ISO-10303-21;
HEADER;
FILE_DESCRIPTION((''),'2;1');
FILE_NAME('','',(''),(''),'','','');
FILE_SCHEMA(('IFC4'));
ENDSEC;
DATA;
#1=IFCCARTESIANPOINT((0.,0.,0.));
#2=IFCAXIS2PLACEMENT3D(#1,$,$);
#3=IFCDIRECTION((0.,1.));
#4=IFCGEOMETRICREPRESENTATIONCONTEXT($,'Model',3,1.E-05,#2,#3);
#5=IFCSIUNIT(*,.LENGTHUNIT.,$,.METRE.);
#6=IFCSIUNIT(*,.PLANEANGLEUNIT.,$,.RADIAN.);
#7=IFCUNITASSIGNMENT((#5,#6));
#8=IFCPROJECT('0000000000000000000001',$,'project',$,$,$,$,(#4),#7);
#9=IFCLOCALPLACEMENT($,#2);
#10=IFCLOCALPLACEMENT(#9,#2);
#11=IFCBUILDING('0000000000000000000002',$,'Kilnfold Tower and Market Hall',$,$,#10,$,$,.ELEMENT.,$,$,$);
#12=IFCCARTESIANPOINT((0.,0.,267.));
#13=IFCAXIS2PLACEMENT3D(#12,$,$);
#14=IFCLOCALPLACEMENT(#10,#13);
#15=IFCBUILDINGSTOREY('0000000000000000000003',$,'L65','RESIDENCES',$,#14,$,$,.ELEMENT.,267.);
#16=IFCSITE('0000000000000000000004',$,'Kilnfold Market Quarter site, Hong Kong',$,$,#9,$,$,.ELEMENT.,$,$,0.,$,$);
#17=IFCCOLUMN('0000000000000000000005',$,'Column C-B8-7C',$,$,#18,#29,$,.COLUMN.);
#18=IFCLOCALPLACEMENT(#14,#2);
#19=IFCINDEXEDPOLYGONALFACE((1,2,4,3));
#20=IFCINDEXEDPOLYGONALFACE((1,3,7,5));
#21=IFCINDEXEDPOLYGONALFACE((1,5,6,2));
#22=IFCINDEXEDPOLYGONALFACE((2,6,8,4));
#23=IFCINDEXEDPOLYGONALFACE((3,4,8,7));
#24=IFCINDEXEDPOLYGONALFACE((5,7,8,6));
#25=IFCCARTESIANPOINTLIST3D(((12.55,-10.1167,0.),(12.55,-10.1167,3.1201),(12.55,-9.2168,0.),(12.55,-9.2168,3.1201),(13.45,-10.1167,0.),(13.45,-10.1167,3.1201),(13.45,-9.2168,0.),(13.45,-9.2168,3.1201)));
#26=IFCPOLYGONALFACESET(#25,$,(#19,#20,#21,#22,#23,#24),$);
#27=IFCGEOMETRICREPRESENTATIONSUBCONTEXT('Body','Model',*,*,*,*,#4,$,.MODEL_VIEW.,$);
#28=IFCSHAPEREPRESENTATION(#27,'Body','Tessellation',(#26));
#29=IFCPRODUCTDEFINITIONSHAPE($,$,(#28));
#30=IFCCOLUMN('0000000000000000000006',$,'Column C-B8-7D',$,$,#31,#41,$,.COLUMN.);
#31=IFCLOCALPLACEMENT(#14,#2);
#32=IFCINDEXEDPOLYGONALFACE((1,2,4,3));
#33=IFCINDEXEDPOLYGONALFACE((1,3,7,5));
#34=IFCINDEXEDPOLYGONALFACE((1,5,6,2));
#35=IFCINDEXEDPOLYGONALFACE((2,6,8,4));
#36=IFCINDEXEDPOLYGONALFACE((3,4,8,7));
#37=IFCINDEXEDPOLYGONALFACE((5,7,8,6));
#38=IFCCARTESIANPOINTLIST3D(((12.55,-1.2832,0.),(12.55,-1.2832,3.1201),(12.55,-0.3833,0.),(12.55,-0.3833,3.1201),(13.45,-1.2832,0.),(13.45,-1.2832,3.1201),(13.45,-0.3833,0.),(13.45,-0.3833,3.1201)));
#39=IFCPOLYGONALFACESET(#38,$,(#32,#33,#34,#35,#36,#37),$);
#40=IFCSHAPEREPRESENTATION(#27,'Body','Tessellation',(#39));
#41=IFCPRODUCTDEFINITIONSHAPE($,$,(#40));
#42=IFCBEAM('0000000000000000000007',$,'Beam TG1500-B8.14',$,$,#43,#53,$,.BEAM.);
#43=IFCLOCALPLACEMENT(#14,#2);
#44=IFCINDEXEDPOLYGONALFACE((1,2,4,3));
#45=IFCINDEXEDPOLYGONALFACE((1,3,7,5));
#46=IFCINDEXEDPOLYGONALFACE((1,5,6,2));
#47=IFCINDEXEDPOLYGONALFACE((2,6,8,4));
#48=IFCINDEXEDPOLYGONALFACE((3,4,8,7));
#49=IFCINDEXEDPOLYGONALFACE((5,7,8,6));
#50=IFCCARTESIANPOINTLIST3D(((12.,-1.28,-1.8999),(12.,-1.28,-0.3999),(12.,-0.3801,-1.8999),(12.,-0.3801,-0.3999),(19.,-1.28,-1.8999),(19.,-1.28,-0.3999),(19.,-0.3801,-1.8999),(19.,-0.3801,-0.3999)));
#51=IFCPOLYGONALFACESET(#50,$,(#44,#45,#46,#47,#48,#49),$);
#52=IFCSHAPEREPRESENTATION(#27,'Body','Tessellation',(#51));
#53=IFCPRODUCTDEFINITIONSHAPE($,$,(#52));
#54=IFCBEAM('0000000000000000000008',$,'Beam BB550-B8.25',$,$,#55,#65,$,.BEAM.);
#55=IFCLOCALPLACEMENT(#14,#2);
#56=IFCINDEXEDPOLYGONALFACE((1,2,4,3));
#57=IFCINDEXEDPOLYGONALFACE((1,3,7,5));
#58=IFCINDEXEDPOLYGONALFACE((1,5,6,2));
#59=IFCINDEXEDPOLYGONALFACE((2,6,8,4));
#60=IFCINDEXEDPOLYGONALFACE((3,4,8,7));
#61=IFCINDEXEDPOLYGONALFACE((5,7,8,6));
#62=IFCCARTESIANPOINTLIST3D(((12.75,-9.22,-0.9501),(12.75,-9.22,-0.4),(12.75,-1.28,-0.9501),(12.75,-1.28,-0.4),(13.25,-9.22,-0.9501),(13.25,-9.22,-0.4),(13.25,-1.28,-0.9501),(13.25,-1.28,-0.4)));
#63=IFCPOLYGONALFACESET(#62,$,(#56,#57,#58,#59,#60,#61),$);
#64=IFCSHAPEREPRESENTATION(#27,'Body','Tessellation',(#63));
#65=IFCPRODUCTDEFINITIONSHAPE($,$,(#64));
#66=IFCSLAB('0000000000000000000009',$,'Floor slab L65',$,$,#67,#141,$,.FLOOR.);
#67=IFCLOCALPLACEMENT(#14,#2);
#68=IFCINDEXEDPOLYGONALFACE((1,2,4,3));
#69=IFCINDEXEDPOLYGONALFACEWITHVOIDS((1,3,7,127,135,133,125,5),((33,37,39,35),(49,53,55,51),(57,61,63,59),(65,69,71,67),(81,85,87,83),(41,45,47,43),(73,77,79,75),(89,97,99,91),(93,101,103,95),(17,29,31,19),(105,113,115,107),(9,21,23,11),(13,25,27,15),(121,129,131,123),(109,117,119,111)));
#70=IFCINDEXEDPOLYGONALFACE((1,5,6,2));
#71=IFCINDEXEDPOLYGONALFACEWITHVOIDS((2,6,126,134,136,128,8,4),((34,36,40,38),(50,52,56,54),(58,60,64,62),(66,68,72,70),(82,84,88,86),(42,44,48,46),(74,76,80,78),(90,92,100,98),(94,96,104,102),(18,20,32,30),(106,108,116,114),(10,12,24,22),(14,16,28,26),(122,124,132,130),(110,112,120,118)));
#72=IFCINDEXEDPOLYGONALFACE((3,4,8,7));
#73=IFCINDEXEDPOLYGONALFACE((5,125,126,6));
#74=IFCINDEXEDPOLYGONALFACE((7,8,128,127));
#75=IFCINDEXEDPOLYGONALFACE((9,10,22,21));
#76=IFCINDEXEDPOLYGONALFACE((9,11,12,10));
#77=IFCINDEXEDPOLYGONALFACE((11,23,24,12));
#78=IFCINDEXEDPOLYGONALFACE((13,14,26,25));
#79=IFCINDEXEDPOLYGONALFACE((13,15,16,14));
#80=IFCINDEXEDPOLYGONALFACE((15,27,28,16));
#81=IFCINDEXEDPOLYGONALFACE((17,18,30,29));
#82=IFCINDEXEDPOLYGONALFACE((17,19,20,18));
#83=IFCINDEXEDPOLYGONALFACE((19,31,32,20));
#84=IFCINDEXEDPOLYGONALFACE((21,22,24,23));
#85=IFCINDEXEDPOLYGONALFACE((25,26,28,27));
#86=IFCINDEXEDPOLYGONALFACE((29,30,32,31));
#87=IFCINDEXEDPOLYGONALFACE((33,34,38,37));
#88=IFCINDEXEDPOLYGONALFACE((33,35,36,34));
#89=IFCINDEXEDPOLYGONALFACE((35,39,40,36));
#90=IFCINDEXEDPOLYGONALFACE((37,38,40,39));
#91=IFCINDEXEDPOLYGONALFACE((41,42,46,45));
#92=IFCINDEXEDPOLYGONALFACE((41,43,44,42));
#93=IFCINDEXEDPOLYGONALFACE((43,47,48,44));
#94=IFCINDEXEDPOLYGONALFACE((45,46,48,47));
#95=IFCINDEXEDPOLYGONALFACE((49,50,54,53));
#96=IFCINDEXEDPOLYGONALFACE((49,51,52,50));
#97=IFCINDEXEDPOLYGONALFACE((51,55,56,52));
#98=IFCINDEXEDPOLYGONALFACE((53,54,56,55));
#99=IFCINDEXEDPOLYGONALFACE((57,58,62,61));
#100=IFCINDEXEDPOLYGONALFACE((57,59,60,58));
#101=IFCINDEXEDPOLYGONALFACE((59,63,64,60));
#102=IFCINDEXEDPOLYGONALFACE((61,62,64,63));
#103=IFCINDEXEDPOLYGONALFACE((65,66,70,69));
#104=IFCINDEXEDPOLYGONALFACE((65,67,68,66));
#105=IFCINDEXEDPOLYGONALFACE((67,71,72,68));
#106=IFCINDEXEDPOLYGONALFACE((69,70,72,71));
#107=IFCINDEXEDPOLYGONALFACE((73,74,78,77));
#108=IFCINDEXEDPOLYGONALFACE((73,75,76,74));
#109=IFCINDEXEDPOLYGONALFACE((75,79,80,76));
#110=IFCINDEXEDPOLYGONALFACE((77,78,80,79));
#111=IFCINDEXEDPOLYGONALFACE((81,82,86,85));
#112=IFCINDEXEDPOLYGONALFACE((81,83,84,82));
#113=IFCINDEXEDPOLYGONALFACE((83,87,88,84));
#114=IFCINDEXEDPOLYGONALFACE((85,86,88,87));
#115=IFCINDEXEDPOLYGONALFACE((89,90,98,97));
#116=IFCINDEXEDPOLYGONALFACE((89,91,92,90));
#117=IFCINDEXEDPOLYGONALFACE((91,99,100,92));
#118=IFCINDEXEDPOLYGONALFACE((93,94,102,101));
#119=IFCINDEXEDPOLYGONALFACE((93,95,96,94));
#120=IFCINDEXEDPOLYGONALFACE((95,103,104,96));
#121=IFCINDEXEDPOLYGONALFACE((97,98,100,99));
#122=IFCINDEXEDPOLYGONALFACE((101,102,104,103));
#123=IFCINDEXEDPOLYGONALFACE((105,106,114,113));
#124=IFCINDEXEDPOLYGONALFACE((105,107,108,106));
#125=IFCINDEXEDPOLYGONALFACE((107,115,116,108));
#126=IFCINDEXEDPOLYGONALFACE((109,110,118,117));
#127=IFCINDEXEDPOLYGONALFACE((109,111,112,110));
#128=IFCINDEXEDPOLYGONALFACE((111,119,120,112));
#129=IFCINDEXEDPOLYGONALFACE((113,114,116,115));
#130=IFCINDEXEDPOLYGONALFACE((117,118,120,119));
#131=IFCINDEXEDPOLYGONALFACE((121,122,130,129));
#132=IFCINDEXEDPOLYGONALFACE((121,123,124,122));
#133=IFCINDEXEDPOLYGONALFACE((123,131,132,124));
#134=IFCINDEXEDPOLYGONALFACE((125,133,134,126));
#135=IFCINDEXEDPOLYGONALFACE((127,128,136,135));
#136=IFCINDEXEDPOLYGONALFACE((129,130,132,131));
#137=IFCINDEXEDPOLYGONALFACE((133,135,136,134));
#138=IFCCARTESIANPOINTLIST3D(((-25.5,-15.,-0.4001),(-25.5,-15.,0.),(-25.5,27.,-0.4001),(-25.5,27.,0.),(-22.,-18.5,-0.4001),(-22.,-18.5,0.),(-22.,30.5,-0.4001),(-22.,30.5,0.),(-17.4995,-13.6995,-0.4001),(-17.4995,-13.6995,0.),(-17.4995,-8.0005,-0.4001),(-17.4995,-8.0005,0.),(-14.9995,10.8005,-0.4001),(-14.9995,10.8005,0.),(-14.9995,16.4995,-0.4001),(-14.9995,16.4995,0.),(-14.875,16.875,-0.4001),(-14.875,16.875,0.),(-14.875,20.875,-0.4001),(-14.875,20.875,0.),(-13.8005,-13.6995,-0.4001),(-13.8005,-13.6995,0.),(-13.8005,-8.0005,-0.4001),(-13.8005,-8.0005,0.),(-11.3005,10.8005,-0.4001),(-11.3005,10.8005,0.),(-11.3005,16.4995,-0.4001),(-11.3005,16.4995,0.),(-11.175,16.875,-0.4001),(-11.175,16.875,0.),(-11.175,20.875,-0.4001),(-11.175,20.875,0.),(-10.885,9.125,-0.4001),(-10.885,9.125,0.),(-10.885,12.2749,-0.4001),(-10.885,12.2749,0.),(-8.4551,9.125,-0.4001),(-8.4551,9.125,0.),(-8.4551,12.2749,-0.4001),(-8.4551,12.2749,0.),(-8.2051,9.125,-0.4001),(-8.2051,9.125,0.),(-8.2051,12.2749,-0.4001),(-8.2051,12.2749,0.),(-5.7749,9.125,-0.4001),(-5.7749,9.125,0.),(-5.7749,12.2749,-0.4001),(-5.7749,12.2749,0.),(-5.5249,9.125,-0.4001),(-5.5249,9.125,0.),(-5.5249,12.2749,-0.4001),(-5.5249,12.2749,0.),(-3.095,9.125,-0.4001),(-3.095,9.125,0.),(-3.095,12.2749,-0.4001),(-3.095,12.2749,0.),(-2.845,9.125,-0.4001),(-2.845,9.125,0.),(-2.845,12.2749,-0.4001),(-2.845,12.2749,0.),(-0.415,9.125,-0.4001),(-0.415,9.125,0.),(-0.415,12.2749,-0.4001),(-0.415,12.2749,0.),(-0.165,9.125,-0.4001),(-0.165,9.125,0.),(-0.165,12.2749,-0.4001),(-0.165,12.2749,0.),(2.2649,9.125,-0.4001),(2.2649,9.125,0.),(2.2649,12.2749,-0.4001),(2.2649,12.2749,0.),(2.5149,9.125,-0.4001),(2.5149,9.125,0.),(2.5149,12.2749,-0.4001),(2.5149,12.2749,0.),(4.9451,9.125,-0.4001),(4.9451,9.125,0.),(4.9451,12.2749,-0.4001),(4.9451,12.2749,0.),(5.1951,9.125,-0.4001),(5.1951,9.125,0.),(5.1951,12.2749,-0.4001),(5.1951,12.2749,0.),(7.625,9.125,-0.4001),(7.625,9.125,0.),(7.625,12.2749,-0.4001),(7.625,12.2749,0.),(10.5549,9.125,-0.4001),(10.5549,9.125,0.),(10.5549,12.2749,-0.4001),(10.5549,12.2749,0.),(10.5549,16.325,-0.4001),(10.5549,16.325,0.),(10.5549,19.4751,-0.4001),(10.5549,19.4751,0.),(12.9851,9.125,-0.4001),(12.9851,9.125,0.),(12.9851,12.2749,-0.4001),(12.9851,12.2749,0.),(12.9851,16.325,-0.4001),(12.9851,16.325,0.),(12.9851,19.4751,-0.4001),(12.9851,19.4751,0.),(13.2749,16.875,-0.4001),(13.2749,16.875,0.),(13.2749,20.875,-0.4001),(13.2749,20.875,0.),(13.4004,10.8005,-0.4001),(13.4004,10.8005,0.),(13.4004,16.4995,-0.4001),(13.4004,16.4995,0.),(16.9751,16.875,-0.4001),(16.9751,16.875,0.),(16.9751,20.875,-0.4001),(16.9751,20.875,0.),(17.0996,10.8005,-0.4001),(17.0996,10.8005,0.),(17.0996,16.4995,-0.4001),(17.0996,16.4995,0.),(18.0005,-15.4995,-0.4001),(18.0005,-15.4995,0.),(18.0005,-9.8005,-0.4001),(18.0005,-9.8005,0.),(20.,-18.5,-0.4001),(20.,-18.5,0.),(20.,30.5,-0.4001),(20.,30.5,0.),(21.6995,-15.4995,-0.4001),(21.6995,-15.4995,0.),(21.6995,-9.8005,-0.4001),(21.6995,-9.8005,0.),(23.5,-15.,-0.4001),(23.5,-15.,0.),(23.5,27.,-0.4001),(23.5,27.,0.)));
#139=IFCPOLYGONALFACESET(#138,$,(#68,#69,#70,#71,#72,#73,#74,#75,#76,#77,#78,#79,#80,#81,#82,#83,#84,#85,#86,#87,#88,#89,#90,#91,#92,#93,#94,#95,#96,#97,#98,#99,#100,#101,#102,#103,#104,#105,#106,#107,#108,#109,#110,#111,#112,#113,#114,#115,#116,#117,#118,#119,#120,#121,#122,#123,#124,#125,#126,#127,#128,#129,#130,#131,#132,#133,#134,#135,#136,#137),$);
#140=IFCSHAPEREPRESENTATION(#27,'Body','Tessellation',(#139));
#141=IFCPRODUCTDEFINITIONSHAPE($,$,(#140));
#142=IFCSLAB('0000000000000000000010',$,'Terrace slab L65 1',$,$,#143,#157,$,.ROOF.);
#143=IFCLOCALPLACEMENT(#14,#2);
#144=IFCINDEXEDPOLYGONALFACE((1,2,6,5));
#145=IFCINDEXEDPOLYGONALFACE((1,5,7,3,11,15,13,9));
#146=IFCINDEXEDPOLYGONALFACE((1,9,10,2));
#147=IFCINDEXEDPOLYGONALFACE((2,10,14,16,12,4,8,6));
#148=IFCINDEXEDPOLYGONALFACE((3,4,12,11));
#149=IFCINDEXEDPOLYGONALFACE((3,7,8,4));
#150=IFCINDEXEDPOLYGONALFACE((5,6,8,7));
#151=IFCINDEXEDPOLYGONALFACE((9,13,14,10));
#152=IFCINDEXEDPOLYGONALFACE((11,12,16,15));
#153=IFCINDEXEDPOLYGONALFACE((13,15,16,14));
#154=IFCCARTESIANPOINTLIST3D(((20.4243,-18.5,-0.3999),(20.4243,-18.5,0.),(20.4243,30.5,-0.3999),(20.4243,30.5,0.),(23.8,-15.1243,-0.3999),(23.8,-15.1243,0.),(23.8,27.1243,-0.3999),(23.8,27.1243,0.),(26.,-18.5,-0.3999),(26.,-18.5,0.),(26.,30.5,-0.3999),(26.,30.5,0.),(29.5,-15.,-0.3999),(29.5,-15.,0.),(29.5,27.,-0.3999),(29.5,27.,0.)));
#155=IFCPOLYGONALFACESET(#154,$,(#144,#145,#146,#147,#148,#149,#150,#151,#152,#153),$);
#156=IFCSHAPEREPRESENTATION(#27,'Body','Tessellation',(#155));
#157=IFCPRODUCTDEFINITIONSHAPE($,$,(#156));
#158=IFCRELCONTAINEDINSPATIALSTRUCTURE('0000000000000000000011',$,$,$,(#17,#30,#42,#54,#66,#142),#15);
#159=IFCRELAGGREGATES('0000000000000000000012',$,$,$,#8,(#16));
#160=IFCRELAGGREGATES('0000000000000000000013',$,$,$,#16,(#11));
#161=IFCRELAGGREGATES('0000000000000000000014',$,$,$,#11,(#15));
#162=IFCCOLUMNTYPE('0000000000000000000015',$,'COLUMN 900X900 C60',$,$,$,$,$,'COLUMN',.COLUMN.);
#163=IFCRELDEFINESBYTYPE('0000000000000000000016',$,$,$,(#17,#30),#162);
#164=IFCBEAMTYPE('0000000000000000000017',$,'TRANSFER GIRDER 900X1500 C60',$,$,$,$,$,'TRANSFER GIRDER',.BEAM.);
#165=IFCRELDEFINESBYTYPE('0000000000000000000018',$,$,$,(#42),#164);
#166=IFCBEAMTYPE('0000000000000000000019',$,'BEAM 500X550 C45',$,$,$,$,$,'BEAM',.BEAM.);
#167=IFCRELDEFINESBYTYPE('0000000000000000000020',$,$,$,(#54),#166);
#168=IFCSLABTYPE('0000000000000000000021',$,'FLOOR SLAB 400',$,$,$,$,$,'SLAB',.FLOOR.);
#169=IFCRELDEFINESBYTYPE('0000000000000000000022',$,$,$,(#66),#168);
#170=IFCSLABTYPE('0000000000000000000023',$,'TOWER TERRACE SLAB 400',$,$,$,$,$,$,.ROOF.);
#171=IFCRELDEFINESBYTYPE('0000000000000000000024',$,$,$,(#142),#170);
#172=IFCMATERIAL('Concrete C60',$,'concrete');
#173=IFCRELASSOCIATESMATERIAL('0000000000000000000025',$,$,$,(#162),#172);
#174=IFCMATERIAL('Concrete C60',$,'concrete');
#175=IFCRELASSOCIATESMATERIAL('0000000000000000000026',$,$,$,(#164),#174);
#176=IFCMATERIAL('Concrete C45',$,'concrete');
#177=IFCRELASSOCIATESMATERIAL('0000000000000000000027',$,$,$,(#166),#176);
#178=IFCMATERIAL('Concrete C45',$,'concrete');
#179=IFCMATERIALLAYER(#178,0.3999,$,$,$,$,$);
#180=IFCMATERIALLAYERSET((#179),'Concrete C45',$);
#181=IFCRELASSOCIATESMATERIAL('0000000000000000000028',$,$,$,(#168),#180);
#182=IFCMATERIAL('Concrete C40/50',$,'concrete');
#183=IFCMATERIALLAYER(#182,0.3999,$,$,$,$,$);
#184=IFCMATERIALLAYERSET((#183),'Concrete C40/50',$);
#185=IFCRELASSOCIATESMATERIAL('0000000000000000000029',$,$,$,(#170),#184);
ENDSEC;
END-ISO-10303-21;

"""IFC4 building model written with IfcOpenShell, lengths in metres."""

from ifc_helpers import new_model, si_unit, direction, frame, origin, origin_2d, place, context, subcontext, project, spatial, polyline, rectangle, outline, extrude, source, transform, mapped, material, layer, layer_set, material_profile, profile_set, type_object, element, save


model = new_model("IFC4")

# Units and contexts
model_context = context("Model", 3, precision=1e-05, world=origin(), true_north=direction((0.0, 1.0)))
body_context = subcontext(model_context, "Body", "Model", "MODEL_VIEW")
ifc_project = project(units=[si_unit("LENGTHUNIT", "METRE"), si_unit("PLANEANGLEUNIT", "RADIAN")], contexts=[model_context])

# Site, building, storey
site_placement = place(None, origin())
site = spatial("IfcSite", under=ifc_project, at=site_placement, Name="Kilnfold Market Quarter site, Hong Kong", CompositionType="ELEMENT", RefElevation=0.0)
building_placement = place(site_placement, origin())
building = spatial("IfcBuilding", under=site, at=building_placement, Name="Kilnfold Tower and Market Hall", CompositionType="ELEMENT")
storey_placement = place(building_placement, frame((0.0, 0.0, 267.0)))
storey = spatial("IfcBuildingStorey", under=building, at=storey_placement, Name="L65", Description="RESIDENCES", CompositionType="ELEMENT", Elevation=267.0)

# Columns
ifc_material_1 = material(Name="Concrete C60", Category="concrete")
ifc_material_profile_1 = material_profile(ifc_material_1, rectangle(XDim=0.8999, YDim=0.8999, at=origin_2d()), Name="RC 900x900")
ifc_profile_set_1 = profile_set([ifc_material_profile_1], Name="Concrete C60")
column_type = type_object("IfcColumnType", Name="COLUMN 900X900 C60", ElementType="COLUMN", PredefinedType="COLUMN", material=ifc_profile_set_1)
shared_shape_1 = source(origin(), body_context, "Body", "SweptSolid", [
    extrude(rectangle(XDim=0.8999, YDim=0.8999, at=origin_2d()), origin(), (0.0, 0.0, 1.0), 3.1201),
])
for number, where, z_axis, x_axis, name in (
    (1, (13.0, -9.6667, 0.0), (0.0, 0.0, 1.0), (1.0, 0.0, 0.0), "Column C-B8-7C"),
    (2, (13.0, -0.8333, 0.0), (0.0, 0.0, 1.0), (1.0, 0.0, 0.0), "Column C-B8-7D"),
):
    element("IfcColumn", number, at=place(storey_placement, frame(where, z_axis=z_axis, x_axis=x_axis)), inside=storey, type_object=column_type, Name=name, PredefinedType="COLUMN", context=body_context, shape_type="MappedRepresentation", body=[
        mapped(shared_shape_1, transform((0.0, 0.0, 0.0))),
    ])

# Beams
ifc_material_2 = material(Name="Concrete C60", Category="concrete")
ifc_material_profile_2 = material_profile(ifc_material_2, rectangle(XDim=0.8999, YDim=1.5, at=origin_2d()), Name="RC 900x1500")
ifc_profile_set_2 = profile_set([ifc_material_profile_2], Name="Concrete C60")
beam_type_1 = type_object("IfcBeamType", Name="TRANSFER GIRDER 900X1500 C60", ElementType="TRANSFER GIRDER", PredefinedType="BEAM", material=ifc_profile_set_2)
shared_shape_2 = source(origin(), body_context, "Body", "SweptSolid", [
    extrude(rectangle(XDim=0.8999, YDim=1.5, at=origin_2d()), origin(), (0.0, 0.0, 1.0), 7.0),
])
beam_1_placement = place(storey_placement, frame((12.0, -0.8301, -1.1499), z_axis=(1.0, 0.0, 0.0), x_axis=(0.0, 1.0, 0.0)))
element("IfcBeam", 3, at=beam_1_placement, inside=storey, type_object=beam_type_1, Name="Beam TG1500-B8.14", PredefinedType="BEAM", context=body_context, shape_type="MappedRepresentation", body=[
    mapped(shared_shape_2, transform((0.0, 0.0, 0.0))),
])
ifc_material_3 = material(Name="Concrete C45", Category="concrete")
ifc_material_profile_3 = material_profile(ifc_material_3, rectangle(XDim=0.5, YDim=0.55, at=origin_2d()), Name="RC 500x550")
ifc_profile_set_3 = profile_set([ifc_material_profile_3], Name="Concrete C45")
beam_type_2 = type_object("IfcBeamType", Name="BEAM 500X550 C45", ElementType="BEAM", PredefinedType="BEAM", material=ifc_profile_set_3)
shared_shape_3 = source(origin(), body_context, "Body", "SweptSolid", [
    extrude(rectangle(XDim=0.5, YDim=0.55, at=origin_2d()), origin(), (0.0, 0.0, 1.0), 7.9399),
])
beam_2_placement = place(storey_placement, frame((13.0, -9.22, -0.675), z_axis=(0.0, 1.0, 0.0), x_axis=(-1.0, 0.0, 0.0)))
element("IfcBeam", 4, at=beam_2_placement, inside=storey, type_object=beam_type_2, Name="Beam BB550-B8.25", PredefinedType="BEAM", context=body_context, shape_type="MappedRepresentation", body=[
    mapped(shared_shape_3, transform((0.0, 0.0, 0.0))),
])

# Slabs
ifc_material_4 = material(Name="Concrete C45", Category="concrete")
ifc_layer_1 = layer(ifc_material_4, 0.3999)
ifc_layer_set_1 = layer_set([ifc_layer_1], Name="Concrete C45")
slab_type_1 = type_object("IfcSlabType", Name="FLOOR SLAB 400", ElementType="SLAB", PredefinedType="FLOOR", material=ifc_layer_set_1)
shared_shape_4 = source(origin(), body_context, "Body", "SweptSolid", [
    extrude(outline(polyline([(-22.0, -18.5), (20.0, -18.5), (23.5, -15.0), (23.5, 27.0), (20.0, 30.5), (-22.0, 30.5), (-25.5, 27.0), (-25.5, -15.0), (-22.0, -18.5)]), holes=[polyline([(-13.8005, -8.0005), (-13.8005, -13.6995), (-17.4995, -13.6995), (-17.4995, -8.0005), (-13.8005, -8.0005)]), polyline([(-11.3005, 10.8005), (-14.9995, 10.8005), (-14.9995, 16.4995), (-11.3005, 16.4995), (-11.3005, 10.8005)]), polyline([(-11.175, 16.875), (-14.875, 16.875), (-14.875, 20.875), (-11.175, 20.875), (-11.175, 16.875)]), polyline([(-8.4551, 9.125), (-10.885, 9.125), (-10.885, 12.2749), (-8.4551, 12.2749), (-8.4551, 9.125)]), polyline([(-5.7749, 9.125), (-8.2051, 9.125), (-8.2051, 12.2749), (-5.7749, 12.2749), (-5.7749, 9.125)]), polyline([(-3.095, 9.125), (-5.5249, 9.125), (-5.5249, 12.2749), (-3.095, 12.2749), (-3.095, 9.125)]), polyline([(-0.415, 9.125), (-2.845, 9.125), (-2.845, 12.2749), (-0.415, 12.2749), (-0.415, 9.125)]), polyline([(2.2649, 9.125), (-0.165, 9.125), (-0.165, 12.2749), (2.2649, 12.2749), (2.2649, 9.125)]), polyline([(4.9451, 9.125), (2.5149, 9.125), (2.5149, 12.2749), (4.9451, 12.2749), (4.9451, 9.125)]), polyline([(7.625, 9.125), (5.1951, 9.125), (5.1951, 12.2749), (7.625, 12.2749), (7.625, 9.125)]), polyline([(12.9851, 9.125), (10.5549, 9.125), (10.5549, 12.2749), (12.9851, 12.2749), (12.9851, 9.125)]), polyline([(12.9851, 16.325), (10.5549, 16.325), (10.5549, 19.4751), (12.9851, 19.4751), (12.9851, 16.325)]), polyline([(16.9751, 16.875), (13.2749, 16.875), (13.2749, 20.875), (16.9751, 20.875), (16.9751, 16.875)]), polyline([(17.0996, 10.8005), (13.4004, 10.8005), (13.4004, 16.4995), (17.0996, 16.4995), (17.0996, 10.8005)]), polyline([(18.0005, -9.8005), (21.6995, -9.8005), (21.6995, -15.4995), (18.0005, -15.4995), (18.0005, -9.8005)])]), origin(), (0.0, 0.0, 1.0), 0.4001),
])
slab_1_placement = place(storey_placement, frame((0.0, 0.0, -0.4001)))
element("IfcSlab", 5, at=slab_1_placement, inside=storey, type_object=slab_type_1, Name="Floor slab L65", PredefinedType="FLOOR", context=body_context, shape_type="MappedRepresentation", body=[
    mapped(shared_shape_4, transform((0.0, 0.0, 0.0))),
])
ifc_material_5 = material(Name="Concrete C40/50", Category="concrete")
ifc_layer_2 = layer(ifc_material_5, 0.3999)
ifc_layer_set_2 = layer_set([ifc_layer_2], Name="Concrete C40/50")
slab_type_2 = type_object("IfcSlabType", Name="TOWER TERRACE SLAB 400", PredefinedType="ROOF", material=ifc_layer_set_2)
shared_shape_5 = source(origin(), body_context, "Body", "SweptSolid", [
    extrude(outline(polyline([(26.0, 30.5), (29.5, 27.0), (29.5, -15.0), (26.0, -18.5), (20.4243, -18.5), (23.8, -15.1243), (23.8, 27.1243), (20.4243, 30.5), (26.0, 30.5)])), origin(), (0.0, 0.0, 1.0), 0.3999),
])
slab_2_placement = place(storey_placement, frame((0.0, 0.0, -0.3999)))
element("IfcSlab", 6, at=slab_2_placement, inside=storey, type_object=slab_type_2, Name="Terrace slab L65 1", PredefinedType="ROOF", context=body_context, shape_type="MappedRepresentation", body=[
    mapped(shared_shape_5, transform((0.0, 0.0, 0.0))),
])

save(model, "model.ifc")
